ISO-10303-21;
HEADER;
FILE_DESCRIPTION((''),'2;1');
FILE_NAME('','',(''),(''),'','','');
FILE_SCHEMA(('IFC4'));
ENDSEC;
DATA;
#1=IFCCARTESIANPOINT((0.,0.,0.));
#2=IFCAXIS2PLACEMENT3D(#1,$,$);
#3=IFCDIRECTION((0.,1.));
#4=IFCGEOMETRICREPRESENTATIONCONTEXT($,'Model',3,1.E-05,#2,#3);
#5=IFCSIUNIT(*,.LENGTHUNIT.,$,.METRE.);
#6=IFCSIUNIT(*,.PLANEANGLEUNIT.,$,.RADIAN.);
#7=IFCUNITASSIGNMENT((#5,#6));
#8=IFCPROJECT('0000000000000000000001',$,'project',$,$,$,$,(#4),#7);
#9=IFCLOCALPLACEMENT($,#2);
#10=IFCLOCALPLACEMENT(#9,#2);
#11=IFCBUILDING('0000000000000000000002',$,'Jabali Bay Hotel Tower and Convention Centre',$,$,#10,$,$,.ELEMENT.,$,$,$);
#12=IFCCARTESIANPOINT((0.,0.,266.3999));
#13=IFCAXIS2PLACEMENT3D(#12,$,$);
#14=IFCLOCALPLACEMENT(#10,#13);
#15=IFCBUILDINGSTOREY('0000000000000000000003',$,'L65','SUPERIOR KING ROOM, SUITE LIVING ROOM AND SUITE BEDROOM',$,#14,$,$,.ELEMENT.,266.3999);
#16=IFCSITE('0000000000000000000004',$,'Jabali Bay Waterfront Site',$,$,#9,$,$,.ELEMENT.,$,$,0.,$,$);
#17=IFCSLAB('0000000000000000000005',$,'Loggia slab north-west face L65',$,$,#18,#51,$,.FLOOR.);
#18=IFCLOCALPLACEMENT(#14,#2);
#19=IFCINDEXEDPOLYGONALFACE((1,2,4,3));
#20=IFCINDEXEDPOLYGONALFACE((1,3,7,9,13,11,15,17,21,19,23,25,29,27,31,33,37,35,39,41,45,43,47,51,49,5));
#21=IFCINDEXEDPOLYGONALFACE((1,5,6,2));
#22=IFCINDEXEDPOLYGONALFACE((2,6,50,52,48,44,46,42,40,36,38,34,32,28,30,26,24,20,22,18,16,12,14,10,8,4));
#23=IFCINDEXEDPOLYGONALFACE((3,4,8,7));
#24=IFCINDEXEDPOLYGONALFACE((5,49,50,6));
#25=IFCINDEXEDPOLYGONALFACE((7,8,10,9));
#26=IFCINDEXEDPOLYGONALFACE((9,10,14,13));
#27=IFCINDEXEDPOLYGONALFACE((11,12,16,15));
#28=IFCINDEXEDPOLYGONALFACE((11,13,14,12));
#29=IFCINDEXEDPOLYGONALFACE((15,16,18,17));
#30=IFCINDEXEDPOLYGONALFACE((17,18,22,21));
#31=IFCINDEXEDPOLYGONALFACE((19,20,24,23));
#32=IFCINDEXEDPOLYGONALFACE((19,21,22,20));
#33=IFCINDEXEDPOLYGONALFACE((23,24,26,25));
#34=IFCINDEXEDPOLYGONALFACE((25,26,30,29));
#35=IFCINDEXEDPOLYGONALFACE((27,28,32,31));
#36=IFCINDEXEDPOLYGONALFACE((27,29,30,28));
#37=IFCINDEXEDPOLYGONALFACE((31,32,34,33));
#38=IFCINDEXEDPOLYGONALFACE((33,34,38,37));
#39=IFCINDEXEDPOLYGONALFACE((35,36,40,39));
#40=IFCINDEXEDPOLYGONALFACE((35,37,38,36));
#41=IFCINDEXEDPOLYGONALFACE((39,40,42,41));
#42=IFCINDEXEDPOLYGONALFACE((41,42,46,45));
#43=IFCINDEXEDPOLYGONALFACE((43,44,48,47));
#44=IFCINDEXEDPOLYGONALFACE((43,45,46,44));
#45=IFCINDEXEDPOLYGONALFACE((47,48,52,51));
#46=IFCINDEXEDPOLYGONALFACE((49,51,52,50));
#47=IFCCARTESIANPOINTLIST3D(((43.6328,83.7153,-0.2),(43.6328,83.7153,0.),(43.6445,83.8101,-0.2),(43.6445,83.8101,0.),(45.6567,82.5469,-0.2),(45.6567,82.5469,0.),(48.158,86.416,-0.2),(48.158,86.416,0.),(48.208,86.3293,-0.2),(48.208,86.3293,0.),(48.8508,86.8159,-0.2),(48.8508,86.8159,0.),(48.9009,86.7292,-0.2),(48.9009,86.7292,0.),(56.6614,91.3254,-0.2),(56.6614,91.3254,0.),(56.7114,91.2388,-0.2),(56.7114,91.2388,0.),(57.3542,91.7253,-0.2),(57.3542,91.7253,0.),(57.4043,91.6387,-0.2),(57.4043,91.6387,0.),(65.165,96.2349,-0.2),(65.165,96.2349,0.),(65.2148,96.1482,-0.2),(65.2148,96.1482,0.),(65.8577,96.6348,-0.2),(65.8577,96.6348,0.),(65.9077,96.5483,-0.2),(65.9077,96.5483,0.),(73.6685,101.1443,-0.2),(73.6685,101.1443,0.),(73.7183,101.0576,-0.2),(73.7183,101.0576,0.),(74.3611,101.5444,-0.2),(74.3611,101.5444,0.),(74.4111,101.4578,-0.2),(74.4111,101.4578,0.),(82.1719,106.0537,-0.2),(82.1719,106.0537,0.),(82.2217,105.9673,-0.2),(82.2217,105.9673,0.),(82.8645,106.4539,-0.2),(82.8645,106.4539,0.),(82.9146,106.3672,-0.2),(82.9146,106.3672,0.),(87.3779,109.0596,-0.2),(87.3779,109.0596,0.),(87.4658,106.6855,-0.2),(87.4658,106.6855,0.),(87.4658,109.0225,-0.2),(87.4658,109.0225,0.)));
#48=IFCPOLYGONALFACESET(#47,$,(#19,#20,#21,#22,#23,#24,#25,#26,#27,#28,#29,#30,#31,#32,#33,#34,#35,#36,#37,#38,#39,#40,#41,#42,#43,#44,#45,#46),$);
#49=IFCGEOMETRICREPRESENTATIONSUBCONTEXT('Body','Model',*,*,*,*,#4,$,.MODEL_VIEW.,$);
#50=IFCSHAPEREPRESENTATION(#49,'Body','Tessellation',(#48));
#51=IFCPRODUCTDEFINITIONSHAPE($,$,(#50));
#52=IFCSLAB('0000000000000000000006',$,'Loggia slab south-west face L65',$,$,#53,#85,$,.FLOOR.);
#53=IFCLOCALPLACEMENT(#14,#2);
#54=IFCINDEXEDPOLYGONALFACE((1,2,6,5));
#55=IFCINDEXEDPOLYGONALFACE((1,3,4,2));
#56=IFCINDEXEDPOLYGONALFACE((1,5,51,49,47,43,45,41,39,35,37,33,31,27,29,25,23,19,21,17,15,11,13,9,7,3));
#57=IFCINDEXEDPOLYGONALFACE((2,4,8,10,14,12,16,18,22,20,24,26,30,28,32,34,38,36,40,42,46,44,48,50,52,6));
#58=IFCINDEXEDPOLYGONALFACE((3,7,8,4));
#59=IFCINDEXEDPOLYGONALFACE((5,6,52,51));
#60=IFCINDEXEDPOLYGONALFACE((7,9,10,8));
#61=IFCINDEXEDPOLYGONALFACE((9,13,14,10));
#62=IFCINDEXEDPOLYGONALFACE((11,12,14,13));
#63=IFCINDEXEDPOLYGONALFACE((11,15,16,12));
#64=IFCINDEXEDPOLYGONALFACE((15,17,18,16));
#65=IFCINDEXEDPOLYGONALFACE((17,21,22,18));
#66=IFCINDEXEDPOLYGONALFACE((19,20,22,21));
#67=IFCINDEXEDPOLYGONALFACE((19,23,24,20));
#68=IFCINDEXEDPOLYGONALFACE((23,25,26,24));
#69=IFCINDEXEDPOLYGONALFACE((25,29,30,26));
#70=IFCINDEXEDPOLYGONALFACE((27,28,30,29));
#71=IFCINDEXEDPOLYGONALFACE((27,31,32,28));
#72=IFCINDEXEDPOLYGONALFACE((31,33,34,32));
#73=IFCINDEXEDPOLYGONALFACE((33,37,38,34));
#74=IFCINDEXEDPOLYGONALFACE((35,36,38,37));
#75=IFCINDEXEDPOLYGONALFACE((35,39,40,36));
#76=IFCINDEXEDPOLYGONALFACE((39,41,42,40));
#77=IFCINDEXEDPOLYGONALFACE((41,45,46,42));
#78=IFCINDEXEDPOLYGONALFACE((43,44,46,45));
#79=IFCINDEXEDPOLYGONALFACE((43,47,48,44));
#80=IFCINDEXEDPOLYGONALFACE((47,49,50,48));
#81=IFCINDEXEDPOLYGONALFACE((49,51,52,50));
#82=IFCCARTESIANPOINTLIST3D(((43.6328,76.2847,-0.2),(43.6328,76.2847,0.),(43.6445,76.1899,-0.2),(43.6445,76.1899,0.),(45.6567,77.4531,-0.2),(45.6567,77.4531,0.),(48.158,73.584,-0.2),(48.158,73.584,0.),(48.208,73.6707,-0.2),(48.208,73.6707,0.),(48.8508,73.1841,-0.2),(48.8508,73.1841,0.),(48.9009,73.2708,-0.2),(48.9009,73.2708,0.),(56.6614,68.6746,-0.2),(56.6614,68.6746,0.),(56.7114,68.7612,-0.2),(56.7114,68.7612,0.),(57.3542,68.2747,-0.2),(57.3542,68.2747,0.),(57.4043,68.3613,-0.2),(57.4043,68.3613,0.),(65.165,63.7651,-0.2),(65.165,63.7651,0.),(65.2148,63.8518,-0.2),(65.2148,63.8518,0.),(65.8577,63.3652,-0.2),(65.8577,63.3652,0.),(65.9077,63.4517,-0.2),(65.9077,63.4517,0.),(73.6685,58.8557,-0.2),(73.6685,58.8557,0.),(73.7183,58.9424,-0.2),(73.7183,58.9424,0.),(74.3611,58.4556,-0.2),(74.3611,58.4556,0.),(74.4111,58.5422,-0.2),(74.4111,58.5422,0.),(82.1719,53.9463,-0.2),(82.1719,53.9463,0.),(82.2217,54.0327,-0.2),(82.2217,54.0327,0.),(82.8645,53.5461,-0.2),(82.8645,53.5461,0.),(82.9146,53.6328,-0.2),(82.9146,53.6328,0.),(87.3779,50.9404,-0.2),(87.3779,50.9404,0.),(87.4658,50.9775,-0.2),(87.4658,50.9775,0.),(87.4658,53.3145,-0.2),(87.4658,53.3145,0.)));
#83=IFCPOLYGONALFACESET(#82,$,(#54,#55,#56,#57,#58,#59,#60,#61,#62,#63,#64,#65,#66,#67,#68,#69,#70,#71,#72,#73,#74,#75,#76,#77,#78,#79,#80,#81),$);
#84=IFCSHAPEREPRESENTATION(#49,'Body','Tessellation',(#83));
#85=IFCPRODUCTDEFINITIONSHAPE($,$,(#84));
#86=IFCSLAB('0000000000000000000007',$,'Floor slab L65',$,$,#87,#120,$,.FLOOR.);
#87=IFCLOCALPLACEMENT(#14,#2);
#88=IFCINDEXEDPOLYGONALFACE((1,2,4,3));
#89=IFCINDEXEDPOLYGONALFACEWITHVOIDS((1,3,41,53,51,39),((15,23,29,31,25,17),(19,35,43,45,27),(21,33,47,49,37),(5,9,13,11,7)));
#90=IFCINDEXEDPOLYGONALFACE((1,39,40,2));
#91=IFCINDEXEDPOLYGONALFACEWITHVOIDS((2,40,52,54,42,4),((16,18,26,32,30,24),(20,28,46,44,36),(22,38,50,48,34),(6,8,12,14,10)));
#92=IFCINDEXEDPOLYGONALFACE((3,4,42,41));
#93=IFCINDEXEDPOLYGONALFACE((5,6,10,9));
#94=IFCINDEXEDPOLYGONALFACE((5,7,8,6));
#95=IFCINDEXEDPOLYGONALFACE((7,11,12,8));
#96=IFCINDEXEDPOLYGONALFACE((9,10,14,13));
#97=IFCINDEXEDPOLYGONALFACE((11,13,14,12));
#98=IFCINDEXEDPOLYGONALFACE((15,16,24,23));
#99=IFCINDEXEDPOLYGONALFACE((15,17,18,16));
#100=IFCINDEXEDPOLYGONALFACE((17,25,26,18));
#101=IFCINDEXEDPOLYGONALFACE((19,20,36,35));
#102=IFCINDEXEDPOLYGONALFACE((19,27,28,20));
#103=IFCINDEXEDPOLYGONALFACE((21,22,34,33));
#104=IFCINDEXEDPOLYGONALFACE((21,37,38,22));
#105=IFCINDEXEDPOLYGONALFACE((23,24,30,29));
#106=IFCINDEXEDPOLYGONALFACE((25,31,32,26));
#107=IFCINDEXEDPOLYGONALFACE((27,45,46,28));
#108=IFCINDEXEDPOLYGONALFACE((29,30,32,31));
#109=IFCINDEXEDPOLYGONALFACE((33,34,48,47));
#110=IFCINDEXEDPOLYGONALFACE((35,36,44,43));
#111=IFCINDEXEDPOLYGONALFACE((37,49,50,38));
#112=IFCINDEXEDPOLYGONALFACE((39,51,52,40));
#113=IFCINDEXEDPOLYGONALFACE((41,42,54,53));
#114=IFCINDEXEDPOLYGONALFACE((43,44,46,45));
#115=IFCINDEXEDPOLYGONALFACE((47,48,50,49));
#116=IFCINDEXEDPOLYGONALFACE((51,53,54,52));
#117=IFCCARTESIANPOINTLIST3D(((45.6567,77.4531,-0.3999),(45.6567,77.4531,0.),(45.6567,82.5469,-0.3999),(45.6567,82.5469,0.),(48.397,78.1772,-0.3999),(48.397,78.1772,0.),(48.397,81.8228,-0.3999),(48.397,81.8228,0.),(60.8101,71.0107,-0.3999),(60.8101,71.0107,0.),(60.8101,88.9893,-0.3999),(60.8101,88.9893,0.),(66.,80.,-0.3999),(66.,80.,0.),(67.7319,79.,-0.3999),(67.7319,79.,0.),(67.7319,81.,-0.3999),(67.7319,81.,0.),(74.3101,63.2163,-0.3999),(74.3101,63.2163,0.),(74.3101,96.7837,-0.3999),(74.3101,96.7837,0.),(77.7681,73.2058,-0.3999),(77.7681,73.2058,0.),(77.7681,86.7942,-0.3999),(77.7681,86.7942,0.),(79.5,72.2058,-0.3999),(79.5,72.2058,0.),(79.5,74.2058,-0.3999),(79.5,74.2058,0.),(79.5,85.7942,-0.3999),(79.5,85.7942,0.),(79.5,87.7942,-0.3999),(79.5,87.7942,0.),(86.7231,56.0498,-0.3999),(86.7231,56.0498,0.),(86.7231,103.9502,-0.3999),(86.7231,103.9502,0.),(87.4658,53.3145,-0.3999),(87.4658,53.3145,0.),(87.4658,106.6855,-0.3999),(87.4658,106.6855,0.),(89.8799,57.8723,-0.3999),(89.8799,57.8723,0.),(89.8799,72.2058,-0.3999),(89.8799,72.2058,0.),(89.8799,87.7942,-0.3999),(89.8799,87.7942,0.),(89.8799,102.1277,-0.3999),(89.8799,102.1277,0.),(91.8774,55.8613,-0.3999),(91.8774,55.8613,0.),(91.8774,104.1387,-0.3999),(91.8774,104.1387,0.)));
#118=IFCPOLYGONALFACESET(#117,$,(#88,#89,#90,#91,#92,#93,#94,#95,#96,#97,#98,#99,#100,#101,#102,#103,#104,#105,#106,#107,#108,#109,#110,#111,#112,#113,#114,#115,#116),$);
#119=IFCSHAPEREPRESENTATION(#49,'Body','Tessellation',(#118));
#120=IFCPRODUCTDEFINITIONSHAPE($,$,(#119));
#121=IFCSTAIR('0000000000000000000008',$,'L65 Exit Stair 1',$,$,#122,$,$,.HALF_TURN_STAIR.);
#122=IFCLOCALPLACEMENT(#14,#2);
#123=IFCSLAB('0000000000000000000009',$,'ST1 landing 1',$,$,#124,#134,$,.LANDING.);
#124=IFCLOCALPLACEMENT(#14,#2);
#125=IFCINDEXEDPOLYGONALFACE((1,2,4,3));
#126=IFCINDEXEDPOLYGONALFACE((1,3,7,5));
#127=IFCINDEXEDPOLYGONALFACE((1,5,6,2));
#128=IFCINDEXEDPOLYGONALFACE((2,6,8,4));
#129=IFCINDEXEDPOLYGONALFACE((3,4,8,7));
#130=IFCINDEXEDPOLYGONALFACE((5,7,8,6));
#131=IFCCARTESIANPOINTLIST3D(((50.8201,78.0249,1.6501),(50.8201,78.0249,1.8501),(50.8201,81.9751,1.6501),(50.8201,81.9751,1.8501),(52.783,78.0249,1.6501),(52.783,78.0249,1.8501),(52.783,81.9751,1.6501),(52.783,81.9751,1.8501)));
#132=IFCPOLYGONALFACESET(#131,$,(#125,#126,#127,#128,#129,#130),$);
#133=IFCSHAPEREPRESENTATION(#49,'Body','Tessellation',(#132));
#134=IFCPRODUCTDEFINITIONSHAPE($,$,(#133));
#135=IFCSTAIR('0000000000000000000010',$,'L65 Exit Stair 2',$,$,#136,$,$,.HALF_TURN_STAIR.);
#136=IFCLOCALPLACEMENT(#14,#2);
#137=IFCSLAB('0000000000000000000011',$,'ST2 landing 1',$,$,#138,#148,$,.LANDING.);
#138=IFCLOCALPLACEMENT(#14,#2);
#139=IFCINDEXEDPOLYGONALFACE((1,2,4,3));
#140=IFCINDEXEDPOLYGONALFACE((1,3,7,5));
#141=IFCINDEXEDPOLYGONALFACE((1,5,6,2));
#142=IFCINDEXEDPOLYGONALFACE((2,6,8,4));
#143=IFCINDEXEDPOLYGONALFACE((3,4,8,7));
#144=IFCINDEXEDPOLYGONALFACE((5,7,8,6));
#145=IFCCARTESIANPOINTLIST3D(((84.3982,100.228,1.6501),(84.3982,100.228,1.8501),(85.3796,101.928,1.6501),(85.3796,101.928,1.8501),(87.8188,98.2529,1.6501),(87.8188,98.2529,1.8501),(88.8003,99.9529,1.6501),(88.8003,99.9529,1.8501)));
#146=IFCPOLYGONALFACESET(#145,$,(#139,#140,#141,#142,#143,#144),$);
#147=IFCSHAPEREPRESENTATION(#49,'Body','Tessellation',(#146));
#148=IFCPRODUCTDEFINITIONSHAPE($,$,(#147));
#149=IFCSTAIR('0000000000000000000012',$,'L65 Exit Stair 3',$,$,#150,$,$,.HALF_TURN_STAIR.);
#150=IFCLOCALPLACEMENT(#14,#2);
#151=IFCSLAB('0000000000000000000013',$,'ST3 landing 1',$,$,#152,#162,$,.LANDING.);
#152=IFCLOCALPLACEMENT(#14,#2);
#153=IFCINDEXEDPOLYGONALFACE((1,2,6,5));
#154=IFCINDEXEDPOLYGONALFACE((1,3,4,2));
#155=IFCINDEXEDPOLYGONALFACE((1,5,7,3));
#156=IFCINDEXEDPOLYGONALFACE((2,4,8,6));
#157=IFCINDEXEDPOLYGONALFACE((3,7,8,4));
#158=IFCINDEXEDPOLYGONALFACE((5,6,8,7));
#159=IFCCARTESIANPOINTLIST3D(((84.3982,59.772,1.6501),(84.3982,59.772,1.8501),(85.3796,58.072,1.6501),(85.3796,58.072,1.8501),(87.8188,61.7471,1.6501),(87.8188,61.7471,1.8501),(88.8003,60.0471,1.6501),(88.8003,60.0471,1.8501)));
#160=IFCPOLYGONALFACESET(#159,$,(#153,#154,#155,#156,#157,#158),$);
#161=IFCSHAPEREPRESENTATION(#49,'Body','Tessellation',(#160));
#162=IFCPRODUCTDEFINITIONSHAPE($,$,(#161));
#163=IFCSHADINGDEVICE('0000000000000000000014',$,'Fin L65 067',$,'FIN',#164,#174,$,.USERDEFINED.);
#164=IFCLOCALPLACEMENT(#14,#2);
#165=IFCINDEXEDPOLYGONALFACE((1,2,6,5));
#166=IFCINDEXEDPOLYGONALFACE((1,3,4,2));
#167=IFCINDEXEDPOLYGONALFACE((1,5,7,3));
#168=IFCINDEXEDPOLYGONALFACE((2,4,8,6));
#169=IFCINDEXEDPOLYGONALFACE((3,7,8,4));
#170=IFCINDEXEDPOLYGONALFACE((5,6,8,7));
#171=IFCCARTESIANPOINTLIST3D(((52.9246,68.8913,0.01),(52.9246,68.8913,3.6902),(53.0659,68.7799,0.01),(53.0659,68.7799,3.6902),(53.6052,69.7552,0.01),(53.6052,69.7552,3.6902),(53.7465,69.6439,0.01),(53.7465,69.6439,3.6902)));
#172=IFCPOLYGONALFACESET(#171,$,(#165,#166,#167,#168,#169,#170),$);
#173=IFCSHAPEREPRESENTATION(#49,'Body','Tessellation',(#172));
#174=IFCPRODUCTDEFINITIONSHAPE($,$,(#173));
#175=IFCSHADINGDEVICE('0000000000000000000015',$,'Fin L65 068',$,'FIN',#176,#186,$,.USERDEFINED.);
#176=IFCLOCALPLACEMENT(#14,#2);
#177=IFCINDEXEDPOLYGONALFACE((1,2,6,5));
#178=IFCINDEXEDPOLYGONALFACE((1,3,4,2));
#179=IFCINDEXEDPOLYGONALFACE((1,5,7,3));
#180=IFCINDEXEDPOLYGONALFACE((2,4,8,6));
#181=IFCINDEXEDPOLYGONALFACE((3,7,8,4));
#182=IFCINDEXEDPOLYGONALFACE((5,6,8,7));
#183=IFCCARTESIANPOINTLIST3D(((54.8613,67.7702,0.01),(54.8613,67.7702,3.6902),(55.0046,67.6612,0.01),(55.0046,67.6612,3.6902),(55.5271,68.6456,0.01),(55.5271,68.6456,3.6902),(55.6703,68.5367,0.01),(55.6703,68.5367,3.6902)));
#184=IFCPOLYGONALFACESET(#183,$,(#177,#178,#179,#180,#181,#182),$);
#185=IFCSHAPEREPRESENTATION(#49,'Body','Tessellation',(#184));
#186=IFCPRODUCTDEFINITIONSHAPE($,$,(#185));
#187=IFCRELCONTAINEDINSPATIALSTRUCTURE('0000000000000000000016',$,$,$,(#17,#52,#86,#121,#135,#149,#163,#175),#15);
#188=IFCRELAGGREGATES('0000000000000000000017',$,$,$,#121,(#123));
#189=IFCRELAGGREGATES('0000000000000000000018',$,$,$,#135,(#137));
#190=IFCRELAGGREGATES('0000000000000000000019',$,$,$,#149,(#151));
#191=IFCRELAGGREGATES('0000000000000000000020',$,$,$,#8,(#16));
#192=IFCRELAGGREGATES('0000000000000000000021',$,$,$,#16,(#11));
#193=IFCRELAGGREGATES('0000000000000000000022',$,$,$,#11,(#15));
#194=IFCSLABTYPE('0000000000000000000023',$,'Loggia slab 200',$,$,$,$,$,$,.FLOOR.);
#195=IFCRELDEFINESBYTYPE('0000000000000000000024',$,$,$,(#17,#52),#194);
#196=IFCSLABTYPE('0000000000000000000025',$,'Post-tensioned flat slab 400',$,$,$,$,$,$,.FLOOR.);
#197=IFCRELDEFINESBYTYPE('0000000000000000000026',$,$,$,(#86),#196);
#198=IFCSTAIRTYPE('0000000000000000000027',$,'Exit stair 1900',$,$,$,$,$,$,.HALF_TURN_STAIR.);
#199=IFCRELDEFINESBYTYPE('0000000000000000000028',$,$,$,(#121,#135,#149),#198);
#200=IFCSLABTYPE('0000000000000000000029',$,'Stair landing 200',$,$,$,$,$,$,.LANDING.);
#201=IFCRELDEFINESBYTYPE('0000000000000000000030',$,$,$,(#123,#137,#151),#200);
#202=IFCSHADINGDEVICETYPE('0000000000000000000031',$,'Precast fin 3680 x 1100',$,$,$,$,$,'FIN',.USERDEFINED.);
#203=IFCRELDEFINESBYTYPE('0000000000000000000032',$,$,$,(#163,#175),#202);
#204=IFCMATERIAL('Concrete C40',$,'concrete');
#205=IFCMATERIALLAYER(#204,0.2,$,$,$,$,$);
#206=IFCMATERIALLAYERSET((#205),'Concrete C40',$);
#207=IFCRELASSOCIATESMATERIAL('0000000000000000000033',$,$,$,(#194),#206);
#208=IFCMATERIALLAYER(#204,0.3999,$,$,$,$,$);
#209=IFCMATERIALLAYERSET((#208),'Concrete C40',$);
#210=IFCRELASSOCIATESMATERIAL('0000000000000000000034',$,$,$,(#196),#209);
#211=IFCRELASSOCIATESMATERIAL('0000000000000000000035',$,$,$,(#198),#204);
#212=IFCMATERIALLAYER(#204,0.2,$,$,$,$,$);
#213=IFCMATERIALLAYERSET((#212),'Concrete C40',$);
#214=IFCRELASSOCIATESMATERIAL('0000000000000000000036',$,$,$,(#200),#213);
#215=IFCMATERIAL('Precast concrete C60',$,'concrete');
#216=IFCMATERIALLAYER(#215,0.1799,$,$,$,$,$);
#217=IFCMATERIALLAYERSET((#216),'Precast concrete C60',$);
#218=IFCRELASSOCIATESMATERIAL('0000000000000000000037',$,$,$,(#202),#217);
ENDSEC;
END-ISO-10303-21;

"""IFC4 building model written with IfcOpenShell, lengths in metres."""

from ifc_helpers import new_model, si_unit, direction, frame, frame_2d, origin, place, context, subcontext, project, spatial, polyline, rectangle, outline, extrude, material, layer, layer_set, type_object, element, aggregate, save


model = new_model("IFC4")

# Units and contexts
model_context = context("Model", 3, precision=1e-05, world=origin(), true_north=direction((0.0, 1.0)))
body_context = subcontext(model_context, "Body", "Model", "MODEL_VIEW")
ifc_project = project(units=[si_unit("LENGTHUNIT", "METRE"), si_unit("PLANEANGLEUNIT", "RADIAN")], contexts=[model_context])

# Site, building, storey
site_placement = place(None, origin())
site = spatial("IfcSite", under=ifc_project, at=site_placement, Name="Jabali Bay Waterfront Site", CompositionType="ELEMENT", RefElevation=0.0)
building_placement = place(site_placement, origin())
building = spatial("IfcBuilding", under=site, at=building_placement, Name="Jabali Bay Hotel Tower and Convention Centre", CompositionType="ELEMENT")
storey_placement = place(building_placement, frame((0.0, 0.0, 266.3999)))
storey = spatial("IfcBuildingStorey", under=building, at=storey_placement, Name="L65", Description="SUPERIOR KING ROOM, SUITE LIVING ROOM AND SUITE BEDROOM", CompositionType="ELEMENT", Elevation=266.3999)

# Slabs
ifc_material_1 = material(Name="Concrete C40", Category="concrete")
ifc_layer_1 = layer(ifc_material_1, 0.2)
ifc_layer_set_1 = layer_set([ifc_layer_1], Name="Concrete C40")
slab_type_1 = type_object("IfcSlabType", Name="Loggia slab 200", PredefinedType="FLOOR", material=ifc_layer_set_1)
slab_1_placement = place(storey_placement, frame((0.0, 0.0, -0.2)))
element("IfcSlab", 1, at=slab_1_placement, inside=storey, type_object=slab_type_1, Name="Loggia slab north-west face L65", PredefinedType="FLOOR", context=body_context, shape_type="SweptSolid", body=[
    extrude(outline(polyline([(45.6567, 82.5469), (43.6328, 83.7153), (43.6445, 83.8101), (48.158, 86.416), (48.208, 86.3293), (48.9009, 86.7292), (48.8508, 86.8159), (56.6614, 91.3254), (56.7114, 91.2388), (57.4043, 91.6387), (57.3542, 91.7253), (65.165, 96.2349), (65.2148, 96.1482), (65.9077, 96.5483), (65.8577, 96.6348), (73.6685, 101.1443), (73.7183, 101.0576), (74.4111, 101.4578), (74.3611, 101.5444), (82.1719, 106.0537), (82.2217, 105.9673), (82.9146, 106.3672), (82.8645, 106.4539), (87.3779, 109.0596), (87.4658, 109.0225), (87.4658, 106.6855), (45.6567, 82.5469)])), origin(), (0.0, 0.0, 1.0), 0.2),
])
slab_2_placement = place(storey_placement, frame((0.0, 0.0, -0.2)))
element("IfcSlab", 2, at=slab_2_placement, inside=storey, type_object=slab_type_1, Name="Loggia slab south-west face L65", PredefinedType="FLOOR", context=body_context, shape_type="SweptSolid", body=[
    extrude(outline(polyline([(87.4658, 53.3145), (87.4658, 50.9775), (87.3779, 50.9404), (82.8645, 53.5461), (82.9146, 53.6328), (82.2217, 54.0327), (82.1719, 53.9463), (74.3611, 58.4556), (74.4111, 58.5422), (73.7183, 58.9424), (73.6685, 58.8557), (65.8577, 63.3652), (65.9077, 63.4517), (65.2148, 63.8518), (65.165, 63.7651), (57.3542, 68.2747), (57.4043, 68.3613), (56.7114, 68.7612), (56.6614, 68.6746), (48.8508, 73.1841), (48.9009, 73.2708), (48.208, 73.6707), (48.158, 73.584), (43.6445, 76.1899), (43.6328, 76.2847), (45.6567, 77.4531), (87.4658, 53.3145)])), origin(), (0.0, 0.0, 1.0), 0.2),
])
ifc_layer_2 = layer(ifc_material_1, 0.3999)
ifc_layer_set_2 = layer_set([ifc_layer_2], Name="Concrete C40")
slab_type_2 = type_object("IfcSlabType", Name="Post-tensioned flat slab 400", PredefinedType="FLOOR", material=ifc_layer_set_2)
slab_3_placement = place(storey_placement, frame((0.0, 0.0, -0.3999)))
element("IfcSlab", 3, at=slab_3_placement, inside=storey, type_object=slab_type_2, Name="Floor slab L65", PredefinedType="FLOOR", context=body_context, shape_type="SweptSolid", body=[
    extrude(outline(polyline([(87.4658, 106.6855), (91.8774, 104.1387), (91.8774, 55.8613), (87.4658, 53.3145), (45.6567, 77.4531), (45.6567, 82.5469), (87.4658, 106.6855)]), holes=[polyline([(67.7319, 79.0), (77.7681, 73.2058), (79.5, 74.2058), (79.5, 85.7942), (77.7681, 86.7942), (67.7319, 81.0), (67.7319, 79.0)]), polyline([(48.397, 78.1772), (60.8101, 71.0107), (66.0, 80.0), (60.8101, 88.9893), (48.397, 81.8228), (48.397, 78.1772)]), polyline([(89.8799, 102.1277), (86.7231, 103.9502), (74.3101, 96.7837), (79.5, 87.7942), (89.8799, 87.7942), (89.8799, 102.1277)]), polyline([(74.3101, 63.2163), (86.7231, 56.0498), (89.8799, 57.8723), (89.8799, 72.2058), (79.5, 72.2058), (74.3101, 63.2163)])]), origin(), (0.0, 0.0, 1.0), 0.3999),
])

# Stairs, slabs
stair_type = type_object("IfcStairType", Name="Exit stair 1900", PredefinedType="HALF_TURN_STAIR", material=ifc_material_1)
stair_1_placement = place(storey_placement, origin())
stair_1 = element("IfcStair", 4, at=stair_1_placement, inside=storey, type_object=stair_type, Name="L65 Exit Stair 1", PredefinedType="HALF_TURN_STAIR")
ifc_layer_3 = layer(ifc_material_1, 0.2)
ifc_layer_set_3 = layer_set([ifc_layer_3], Name="Concrete C40")
slab_type_3 = type_object("IfcSlabType", Name="Stair landing 200", PredefinedType="LANDING", material=ifc_layer_set_3)
slab_4_placement = place(storey_placement, frame((0.0, 0.0, 1.6501)))
slab_4 = element("IfcSlab", 5, at=slab_4_placement, type_object=slab_type_3, Name="ST1 landing 1", PredefinedType="LANDING", context=body_context, shape_type="SweptSolid", body=[
    extrude(outline(polyline([(52.783, 81.9751), (50.8201, 81.9751), (50.8201, 78.0249), (52.783, 78.0249), (52.783, 81.9751)])), origin(), (0.0, 0.0, 1.0), 0.2),
])
aggregate(stair_1, [slab_4])
stair_2_placement = place(storey_placement, origin())
stair_2 = element("IfcStair", 6, at=stair_2_placement, inside=storey, type_object=stair_type, Name="L65 Exit Stair 2", PredefinedType="HALF_TURN_STAIR")
slab_5_placement = place(storey_placement, frame((0.0, 0.0, 1.6501)))
slab_5 = element("IfcSlab", 7, at=slab_5_placement, type_object=slab_type_3, Name="ST2 landing 1", PredefinedType="LANDING", context=body_context, shape_type="SweptSolid", body=[
    extrude(outline(polyline([(87.8188, 98.2529), (88.8003, 99.9529), (85.3796, 101.928), (84.3982, 100.228), (87.8188, 98.2529)])), origin(), (0.0, 0.0, 1.0), 0.2),
])
aggregate(stair_2, [slab_5])
stair_3_placement = place(storey_placement, origin())
stair_3 = element("IfcStair", 8, at=stair_3_placement, inside=storey, type_object=stair_type, Name="L65 Exit Stair 3", PredefinedType="HALF_TURN_STAIR")
slab_6_placement = place(storey_placement, frame((0.0, 0.0, 1.6501)))
slab_6 = element("IfcSlab", 9, at=slab_6_placement, type_object=slab_type_3, Name="ST3 landing 1", PredefinedType="LANDING", context=body_context, shape_type="SweptSolid", body=[
    extrude(outline(polyline([(84.3982, 59.772), (85.3796, 58.072), (88.8003, 60.0471), (87.8188, 61.7471), (84.3982, 59.772)])), origin(), (0.0, 0.0, 1.0), 0.2),
])
aggregate(stair_3, [slab_6])

# Shading devices
ifc_material_2 = material(Name="Precast concrete C60", Category="concrete")
ifc_layer_4 = layer(ifc_material_2, 0.1799)
ifc_layer_set_4 = layer_set([ifc_layer_4], Name="Precast concrete C60")
shading_device_type_1 = type_object("IfcShadingDeviceType", Name="Precast fin 3680 x 1100", ElementType="FIN", PredefinedType="USERDEFINED", material=ifc_layer_set_4)
for number, where, z_axis, x_axis, name in (
    (10, (53.6758, 69.6995, 0.01), (0.0, 0.0, 1.0), (-0.618831, -0.785524, 0.0), "Fin L65 067"),
    (11, (55.5986, 68.5911, 0.01), (0.0, 0.0, 1.0), (-0.605314, -0.795987, 0.0), "Fin L65 068"),
):
    element("IfcShadingDevice", number, at=place(storey_placement, frame(where, z_axis=z_axis, x_axis=x_axis)), inside=storey, type_object=shading_device_type_1, Name=name, ObjectType="FIN", PredefinedType="USERDEFINED", context=body_context, shape_type="SweptSolid", body=[
        extrude(rectangle(XDim=1.0999, YDim=0.1799, at=frame_2d((0.5498, 0.0))), origin(), (0.0, 0.0, 1.0), 3.6802),
    ])

save(model, "model.ifc")
